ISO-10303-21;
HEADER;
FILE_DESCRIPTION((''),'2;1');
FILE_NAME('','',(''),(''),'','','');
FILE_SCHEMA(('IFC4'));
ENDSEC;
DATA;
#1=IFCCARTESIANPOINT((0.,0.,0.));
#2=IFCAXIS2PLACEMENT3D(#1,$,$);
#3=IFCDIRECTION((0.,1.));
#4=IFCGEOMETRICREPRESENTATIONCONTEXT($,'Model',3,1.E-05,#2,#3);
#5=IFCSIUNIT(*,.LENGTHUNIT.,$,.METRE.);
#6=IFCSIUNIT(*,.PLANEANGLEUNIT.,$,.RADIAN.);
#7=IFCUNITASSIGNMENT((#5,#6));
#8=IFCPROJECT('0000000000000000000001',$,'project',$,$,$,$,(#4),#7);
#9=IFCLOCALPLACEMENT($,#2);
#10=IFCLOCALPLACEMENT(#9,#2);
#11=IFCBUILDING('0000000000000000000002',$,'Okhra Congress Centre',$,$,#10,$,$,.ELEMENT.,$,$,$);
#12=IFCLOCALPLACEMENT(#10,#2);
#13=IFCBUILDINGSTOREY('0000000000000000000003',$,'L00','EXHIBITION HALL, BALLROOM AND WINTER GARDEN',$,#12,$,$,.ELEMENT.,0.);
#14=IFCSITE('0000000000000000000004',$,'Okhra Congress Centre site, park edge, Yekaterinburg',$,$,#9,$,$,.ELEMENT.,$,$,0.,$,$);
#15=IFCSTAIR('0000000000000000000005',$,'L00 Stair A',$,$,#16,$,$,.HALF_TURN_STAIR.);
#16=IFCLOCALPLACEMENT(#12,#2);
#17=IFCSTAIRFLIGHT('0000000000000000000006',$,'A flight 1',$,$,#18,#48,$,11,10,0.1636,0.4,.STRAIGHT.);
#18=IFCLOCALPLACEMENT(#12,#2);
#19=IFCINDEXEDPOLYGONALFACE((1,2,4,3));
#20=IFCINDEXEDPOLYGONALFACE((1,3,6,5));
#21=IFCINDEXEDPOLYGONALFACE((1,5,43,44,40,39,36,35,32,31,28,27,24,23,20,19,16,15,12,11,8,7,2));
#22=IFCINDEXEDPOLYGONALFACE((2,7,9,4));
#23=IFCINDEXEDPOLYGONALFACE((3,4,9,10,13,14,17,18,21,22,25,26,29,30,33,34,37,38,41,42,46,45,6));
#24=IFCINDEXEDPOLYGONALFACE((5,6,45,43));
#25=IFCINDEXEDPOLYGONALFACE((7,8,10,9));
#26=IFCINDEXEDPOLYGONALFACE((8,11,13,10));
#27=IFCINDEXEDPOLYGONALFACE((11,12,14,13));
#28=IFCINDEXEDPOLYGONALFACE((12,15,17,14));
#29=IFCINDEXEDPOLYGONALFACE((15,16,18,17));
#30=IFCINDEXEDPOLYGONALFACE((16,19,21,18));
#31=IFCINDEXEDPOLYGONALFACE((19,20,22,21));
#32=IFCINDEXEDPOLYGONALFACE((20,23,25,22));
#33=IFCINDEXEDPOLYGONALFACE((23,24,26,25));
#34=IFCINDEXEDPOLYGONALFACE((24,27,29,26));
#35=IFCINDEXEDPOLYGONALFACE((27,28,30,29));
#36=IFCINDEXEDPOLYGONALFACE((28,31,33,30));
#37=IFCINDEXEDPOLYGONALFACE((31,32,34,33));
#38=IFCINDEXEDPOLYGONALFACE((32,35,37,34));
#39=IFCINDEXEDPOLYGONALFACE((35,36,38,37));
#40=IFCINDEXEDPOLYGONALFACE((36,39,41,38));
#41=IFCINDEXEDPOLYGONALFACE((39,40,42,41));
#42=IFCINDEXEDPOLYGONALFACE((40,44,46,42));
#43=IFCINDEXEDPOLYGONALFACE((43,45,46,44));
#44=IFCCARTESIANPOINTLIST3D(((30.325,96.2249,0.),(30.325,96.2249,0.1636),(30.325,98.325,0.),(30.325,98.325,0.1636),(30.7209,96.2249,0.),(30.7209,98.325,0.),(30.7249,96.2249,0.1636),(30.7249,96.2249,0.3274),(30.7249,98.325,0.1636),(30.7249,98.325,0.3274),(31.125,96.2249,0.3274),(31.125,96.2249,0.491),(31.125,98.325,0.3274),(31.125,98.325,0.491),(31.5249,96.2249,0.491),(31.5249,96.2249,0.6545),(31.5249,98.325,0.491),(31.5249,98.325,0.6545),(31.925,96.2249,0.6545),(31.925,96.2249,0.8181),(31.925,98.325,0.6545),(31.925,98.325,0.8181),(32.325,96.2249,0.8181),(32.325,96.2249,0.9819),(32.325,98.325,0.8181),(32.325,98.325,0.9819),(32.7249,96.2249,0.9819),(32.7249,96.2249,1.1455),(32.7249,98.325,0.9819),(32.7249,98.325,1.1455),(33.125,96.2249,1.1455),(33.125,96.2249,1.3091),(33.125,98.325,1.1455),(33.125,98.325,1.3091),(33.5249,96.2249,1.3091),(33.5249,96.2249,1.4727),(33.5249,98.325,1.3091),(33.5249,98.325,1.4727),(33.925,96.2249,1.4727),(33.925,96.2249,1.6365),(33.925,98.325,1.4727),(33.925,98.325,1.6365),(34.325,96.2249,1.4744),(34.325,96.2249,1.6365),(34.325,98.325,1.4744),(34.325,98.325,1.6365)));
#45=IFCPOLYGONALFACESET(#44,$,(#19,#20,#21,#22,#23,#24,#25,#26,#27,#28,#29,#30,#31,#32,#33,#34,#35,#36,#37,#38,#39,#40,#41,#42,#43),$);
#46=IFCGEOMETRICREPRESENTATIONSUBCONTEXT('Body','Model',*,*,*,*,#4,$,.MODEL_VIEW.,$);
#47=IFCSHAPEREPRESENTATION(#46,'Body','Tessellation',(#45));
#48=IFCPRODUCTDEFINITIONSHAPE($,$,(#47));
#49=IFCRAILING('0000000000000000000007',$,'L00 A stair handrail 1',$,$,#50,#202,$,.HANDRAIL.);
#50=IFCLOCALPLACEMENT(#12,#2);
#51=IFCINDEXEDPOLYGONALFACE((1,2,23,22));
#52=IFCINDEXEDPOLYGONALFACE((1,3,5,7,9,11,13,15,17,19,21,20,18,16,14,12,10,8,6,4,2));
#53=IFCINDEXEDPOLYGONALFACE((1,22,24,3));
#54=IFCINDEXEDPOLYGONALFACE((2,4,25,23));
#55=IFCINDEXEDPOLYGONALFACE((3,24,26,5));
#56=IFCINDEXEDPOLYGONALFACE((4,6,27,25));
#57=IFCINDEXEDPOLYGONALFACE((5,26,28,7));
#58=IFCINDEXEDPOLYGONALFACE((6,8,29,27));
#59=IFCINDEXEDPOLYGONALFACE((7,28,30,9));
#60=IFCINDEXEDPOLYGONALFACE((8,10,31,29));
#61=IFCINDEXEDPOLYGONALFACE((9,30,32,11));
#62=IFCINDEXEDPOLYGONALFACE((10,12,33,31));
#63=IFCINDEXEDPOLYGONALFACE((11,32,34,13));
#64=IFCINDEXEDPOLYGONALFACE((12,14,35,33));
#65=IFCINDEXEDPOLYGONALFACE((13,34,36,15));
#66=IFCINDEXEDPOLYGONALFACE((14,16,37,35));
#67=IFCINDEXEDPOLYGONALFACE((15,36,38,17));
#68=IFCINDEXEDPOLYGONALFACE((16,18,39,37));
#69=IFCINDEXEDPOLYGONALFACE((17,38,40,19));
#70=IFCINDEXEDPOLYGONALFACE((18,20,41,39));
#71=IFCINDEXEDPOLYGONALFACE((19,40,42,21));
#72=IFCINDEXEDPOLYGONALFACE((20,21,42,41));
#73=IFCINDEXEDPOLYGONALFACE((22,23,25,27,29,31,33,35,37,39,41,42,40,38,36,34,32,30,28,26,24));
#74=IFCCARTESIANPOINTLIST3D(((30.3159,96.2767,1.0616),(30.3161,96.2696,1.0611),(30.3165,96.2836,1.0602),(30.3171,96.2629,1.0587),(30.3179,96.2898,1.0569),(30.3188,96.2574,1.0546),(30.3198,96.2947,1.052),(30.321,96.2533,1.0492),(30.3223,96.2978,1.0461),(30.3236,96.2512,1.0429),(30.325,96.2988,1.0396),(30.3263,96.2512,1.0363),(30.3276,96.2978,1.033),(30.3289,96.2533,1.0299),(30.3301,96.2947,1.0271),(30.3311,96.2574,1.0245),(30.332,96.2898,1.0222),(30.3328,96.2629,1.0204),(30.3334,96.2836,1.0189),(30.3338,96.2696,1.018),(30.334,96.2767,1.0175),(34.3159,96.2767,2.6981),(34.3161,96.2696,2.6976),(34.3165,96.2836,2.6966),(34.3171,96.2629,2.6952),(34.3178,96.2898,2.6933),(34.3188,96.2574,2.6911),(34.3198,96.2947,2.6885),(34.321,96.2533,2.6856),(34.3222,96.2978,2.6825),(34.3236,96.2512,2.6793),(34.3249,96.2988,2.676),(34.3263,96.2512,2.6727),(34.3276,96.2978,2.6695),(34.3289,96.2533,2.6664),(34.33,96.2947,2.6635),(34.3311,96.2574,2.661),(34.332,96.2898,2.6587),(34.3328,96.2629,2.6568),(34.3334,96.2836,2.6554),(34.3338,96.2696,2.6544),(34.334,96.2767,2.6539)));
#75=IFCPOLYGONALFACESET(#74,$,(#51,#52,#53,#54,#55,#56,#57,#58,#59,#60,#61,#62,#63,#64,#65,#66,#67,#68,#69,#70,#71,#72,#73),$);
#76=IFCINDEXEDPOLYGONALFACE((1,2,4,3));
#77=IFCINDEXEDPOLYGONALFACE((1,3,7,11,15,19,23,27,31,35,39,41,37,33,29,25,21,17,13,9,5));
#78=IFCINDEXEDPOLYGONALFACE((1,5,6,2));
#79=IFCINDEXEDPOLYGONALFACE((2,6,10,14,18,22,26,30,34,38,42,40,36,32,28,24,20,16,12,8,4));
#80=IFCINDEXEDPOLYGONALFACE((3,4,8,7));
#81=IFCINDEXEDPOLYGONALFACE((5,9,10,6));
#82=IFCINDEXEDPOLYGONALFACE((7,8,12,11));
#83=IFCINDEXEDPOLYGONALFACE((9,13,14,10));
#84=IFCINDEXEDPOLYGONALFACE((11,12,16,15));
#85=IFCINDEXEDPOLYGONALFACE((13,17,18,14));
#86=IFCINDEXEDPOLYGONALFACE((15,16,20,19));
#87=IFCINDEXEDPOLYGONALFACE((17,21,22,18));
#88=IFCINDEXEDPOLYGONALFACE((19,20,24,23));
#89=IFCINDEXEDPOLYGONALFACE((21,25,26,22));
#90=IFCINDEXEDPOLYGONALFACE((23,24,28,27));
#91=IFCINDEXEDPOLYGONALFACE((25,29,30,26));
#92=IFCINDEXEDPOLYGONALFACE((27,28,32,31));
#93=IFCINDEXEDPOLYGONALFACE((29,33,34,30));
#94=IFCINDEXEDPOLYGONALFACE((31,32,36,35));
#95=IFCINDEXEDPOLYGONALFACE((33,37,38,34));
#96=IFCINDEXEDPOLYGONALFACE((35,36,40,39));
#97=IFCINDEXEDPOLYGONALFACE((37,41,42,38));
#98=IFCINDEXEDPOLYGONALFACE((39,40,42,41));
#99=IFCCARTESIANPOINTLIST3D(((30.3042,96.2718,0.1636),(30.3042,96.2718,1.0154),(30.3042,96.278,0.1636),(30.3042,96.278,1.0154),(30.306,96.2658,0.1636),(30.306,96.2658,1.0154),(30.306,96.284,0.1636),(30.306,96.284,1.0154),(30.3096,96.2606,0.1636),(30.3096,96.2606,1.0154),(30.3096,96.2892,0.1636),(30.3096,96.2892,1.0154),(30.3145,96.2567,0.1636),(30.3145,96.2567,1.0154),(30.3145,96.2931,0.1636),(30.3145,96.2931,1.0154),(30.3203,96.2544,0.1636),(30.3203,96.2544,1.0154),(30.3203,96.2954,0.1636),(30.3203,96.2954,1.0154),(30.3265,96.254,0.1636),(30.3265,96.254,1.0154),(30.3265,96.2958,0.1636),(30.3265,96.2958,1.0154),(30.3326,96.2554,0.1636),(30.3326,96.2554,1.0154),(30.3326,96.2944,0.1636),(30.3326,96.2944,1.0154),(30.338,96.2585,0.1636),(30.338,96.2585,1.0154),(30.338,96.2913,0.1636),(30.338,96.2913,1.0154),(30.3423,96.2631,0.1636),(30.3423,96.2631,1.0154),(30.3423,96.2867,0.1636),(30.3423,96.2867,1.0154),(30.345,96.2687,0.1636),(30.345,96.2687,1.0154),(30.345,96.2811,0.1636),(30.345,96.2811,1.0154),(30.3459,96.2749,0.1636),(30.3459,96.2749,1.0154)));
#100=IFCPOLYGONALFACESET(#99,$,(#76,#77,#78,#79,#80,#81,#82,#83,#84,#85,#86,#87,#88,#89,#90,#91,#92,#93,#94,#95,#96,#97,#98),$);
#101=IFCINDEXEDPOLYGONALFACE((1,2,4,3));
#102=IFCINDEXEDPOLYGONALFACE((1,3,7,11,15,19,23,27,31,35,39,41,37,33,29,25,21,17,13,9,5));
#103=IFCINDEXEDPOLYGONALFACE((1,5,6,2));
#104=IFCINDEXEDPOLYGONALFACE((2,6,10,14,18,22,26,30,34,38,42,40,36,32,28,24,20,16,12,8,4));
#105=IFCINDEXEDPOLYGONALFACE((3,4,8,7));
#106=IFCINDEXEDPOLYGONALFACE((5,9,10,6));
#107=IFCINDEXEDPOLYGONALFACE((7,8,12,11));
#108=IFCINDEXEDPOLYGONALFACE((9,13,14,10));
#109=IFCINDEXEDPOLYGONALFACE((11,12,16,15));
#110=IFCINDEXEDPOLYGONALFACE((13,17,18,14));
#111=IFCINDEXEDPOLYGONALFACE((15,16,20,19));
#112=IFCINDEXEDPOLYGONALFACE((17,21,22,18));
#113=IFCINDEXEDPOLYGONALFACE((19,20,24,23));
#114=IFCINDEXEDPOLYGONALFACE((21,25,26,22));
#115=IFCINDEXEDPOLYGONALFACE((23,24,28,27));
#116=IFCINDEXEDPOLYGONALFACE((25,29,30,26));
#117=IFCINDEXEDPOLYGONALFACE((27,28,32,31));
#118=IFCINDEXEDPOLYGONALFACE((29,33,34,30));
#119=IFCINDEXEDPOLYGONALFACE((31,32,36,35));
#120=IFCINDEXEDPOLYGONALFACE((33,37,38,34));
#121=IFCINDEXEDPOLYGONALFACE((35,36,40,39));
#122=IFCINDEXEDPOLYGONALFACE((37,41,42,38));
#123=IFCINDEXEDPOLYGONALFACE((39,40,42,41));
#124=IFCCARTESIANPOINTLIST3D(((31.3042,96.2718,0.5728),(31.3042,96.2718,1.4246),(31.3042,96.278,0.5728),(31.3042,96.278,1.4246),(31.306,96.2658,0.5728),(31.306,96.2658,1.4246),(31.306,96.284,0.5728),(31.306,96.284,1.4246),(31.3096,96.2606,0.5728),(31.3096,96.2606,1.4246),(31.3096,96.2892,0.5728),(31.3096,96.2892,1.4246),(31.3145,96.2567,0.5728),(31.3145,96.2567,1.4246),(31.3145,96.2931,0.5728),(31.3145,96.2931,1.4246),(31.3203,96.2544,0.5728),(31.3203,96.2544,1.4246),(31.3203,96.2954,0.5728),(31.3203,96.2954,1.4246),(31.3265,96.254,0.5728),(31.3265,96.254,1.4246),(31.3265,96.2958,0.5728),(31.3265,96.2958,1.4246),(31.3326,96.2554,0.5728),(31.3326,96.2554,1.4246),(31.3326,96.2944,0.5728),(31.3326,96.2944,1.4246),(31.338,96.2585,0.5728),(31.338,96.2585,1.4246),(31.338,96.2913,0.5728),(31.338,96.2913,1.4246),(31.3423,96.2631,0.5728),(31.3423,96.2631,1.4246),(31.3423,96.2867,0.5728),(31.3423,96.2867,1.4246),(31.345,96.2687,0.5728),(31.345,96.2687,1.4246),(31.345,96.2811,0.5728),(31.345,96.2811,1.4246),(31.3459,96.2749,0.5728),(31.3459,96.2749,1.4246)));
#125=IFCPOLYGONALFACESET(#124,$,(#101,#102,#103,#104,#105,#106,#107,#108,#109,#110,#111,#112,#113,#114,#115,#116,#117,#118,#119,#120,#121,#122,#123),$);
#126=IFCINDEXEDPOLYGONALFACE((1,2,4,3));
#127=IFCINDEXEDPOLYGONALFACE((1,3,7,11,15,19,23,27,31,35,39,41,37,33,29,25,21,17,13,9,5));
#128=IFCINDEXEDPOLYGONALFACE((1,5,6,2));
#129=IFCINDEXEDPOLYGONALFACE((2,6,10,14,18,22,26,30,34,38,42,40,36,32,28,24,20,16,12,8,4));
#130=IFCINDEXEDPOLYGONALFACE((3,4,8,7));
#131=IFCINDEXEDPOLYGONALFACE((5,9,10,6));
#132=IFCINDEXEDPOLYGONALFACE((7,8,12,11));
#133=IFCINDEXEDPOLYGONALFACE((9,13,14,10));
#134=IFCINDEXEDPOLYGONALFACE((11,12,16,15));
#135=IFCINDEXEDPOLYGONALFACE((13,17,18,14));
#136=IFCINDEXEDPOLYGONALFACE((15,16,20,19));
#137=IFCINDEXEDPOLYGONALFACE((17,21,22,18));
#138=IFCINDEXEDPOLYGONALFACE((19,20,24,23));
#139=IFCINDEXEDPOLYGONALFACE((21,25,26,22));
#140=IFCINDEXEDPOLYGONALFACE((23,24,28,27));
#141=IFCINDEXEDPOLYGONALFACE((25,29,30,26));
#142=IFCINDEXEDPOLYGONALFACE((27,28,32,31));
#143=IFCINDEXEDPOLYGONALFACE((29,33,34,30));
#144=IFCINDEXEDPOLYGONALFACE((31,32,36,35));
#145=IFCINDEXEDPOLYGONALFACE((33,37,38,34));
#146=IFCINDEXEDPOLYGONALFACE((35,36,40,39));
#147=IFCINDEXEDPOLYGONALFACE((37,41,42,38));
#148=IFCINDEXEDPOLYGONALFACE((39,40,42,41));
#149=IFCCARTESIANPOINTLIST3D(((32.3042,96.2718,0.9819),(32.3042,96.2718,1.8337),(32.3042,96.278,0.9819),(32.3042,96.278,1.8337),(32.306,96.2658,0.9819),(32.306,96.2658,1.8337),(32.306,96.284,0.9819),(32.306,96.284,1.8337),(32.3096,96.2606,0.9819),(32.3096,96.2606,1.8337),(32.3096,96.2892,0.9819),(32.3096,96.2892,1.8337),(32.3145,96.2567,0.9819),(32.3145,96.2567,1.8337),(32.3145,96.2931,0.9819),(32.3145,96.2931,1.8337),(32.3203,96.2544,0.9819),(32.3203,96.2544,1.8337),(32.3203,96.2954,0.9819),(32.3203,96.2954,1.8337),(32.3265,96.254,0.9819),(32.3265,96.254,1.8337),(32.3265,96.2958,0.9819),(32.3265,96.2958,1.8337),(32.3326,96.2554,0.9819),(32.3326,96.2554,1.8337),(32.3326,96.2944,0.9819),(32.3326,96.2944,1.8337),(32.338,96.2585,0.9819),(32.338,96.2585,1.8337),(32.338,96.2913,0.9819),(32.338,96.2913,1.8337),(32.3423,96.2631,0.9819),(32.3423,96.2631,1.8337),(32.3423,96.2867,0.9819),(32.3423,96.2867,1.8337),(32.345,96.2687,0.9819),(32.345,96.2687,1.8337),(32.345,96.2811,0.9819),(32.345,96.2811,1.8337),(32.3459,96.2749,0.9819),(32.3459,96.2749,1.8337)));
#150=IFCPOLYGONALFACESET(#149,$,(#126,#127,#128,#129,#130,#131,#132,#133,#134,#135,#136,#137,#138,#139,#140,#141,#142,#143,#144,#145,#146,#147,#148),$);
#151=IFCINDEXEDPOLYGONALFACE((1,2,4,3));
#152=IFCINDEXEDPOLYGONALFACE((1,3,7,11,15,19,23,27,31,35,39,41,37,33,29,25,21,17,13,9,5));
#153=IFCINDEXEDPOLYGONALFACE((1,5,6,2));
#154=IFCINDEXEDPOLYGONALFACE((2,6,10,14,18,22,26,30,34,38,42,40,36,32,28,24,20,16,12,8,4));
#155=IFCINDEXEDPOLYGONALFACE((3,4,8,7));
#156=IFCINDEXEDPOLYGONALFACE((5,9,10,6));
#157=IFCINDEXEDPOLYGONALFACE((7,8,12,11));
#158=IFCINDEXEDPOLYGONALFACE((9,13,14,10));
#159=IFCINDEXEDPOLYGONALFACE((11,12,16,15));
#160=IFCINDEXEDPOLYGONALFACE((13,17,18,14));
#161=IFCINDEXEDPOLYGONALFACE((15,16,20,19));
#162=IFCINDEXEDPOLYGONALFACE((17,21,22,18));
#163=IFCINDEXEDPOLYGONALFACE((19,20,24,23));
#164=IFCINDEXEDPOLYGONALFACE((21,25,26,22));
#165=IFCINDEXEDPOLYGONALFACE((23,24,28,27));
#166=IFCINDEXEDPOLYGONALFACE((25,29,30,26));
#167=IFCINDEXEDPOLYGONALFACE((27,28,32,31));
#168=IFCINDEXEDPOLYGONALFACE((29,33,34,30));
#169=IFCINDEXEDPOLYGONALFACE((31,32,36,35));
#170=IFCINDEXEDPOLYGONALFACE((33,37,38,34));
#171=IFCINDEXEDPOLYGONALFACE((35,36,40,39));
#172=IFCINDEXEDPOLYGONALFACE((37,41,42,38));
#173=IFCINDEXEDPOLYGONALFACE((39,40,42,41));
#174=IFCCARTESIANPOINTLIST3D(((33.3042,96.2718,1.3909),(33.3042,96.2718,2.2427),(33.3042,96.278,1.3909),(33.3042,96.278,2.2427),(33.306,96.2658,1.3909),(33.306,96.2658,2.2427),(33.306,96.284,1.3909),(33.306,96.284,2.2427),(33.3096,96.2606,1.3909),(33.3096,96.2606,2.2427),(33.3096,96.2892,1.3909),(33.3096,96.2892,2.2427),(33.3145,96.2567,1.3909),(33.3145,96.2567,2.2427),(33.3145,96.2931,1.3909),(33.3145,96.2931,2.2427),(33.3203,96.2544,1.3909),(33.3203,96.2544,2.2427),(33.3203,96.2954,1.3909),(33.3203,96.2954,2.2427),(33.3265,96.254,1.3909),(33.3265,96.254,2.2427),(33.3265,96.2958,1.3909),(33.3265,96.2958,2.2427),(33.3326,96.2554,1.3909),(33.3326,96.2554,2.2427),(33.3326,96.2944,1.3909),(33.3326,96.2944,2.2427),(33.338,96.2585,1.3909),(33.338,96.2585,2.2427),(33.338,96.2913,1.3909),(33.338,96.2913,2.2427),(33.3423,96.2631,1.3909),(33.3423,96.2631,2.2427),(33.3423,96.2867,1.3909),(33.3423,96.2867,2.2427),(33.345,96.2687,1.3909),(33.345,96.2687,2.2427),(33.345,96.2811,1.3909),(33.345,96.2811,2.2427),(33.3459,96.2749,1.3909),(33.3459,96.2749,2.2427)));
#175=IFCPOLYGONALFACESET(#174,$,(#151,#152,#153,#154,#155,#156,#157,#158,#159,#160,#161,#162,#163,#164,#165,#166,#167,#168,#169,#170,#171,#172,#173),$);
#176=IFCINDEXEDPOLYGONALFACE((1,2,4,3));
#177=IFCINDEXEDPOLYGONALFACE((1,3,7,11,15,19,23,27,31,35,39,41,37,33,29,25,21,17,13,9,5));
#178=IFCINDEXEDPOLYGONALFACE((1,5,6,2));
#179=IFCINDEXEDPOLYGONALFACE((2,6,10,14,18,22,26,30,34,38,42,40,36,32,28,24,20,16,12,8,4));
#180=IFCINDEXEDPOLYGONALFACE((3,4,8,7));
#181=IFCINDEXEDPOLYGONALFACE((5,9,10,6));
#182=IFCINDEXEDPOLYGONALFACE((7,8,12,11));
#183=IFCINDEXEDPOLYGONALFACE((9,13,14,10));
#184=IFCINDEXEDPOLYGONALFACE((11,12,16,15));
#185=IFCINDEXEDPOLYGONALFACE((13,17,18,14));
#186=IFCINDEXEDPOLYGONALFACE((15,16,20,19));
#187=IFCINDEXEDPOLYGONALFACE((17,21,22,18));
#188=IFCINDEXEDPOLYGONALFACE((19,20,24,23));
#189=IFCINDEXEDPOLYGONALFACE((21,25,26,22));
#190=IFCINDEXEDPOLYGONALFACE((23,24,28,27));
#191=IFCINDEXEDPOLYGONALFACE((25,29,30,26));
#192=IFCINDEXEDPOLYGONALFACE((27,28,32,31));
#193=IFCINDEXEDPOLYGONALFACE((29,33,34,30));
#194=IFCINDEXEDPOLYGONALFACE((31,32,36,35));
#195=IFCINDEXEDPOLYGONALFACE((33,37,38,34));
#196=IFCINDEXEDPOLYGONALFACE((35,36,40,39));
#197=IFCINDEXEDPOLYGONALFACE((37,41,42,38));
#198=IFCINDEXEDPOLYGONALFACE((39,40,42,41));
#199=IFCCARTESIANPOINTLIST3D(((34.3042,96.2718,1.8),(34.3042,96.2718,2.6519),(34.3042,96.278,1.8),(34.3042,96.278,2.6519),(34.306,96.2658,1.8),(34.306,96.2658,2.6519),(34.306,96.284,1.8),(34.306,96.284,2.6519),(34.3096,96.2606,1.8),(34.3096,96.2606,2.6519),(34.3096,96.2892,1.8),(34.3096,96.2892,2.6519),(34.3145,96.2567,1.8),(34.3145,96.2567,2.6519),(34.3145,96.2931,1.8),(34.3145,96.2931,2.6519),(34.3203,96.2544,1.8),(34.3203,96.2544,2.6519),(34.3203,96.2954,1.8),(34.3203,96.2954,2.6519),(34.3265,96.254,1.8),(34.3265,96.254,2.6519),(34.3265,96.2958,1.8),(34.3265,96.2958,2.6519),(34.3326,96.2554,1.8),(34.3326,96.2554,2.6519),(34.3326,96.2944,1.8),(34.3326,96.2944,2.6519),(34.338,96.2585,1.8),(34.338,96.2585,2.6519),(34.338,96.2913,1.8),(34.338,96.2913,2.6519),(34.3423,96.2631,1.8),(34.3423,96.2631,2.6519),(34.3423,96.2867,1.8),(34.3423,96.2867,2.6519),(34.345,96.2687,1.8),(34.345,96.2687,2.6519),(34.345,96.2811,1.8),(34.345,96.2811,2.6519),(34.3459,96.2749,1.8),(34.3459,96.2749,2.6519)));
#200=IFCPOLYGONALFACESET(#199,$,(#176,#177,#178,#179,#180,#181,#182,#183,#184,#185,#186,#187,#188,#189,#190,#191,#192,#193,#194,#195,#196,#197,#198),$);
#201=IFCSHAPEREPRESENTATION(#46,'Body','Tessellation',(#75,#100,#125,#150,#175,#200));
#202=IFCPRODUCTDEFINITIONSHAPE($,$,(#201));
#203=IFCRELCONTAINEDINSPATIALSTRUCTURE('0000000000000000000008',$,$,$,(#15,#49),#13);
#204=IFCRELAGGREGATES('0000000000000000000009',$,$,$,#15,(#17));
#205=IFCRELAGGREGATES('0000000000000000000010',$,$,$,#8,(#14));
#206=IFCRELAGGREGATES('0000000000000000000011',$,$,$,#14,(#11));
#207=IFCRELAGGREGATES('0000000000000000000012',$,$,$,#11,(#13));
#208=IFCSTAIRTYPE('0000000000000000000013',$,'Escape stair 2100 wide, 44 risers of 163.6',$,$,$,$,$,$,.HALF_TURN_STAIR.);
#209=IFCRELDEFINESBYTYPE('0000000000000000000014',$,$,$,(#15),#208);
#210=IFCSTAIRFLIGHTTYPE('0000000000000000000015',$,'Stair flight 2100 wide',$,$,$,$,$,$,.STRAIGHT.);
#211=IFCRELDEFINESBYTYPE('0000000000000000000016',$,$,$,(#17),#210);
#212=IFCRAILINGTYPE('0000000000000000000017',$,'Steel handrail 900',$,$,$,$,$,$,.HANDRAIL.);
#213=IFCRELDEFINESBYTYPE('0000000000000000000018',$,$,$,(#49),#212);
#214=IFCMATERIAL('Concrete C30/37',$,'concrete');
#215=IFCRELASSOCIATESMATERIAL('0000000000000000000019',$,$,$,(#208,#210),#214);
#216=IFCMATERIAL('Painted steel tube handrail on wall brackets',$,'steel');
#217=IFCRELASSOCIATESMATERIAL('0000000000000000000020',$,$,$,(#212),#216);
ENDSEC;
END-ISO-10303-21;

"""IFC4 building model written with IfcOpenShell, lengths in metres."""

from ifc_helpers import new_model, si_unit, direction, frame, origin, origin_2d, place, context, subcontext, project, spatial, polyline, circle, outline, extrude, material, type_object, element, aggregate, save


model = new_model("IFC4")

# Units and contexts
model_context = context("Model", 3, precision=1e-05, world=origin(), true_north=direction((0.0, 1.0)))
body_context = subcontext(model_context, "Body", "Model", "MODEL_VIEW")
ifc_project = project(units=[si_unit("LENGTHUNIT", "METRE"), si_unit("PLANEANGLEUNIT", "RADIAN")], contexts=[model_context])

# Site, building, storey
site_placement = place(None, origin())
site = spatial("IfcSite", under=ifc_project, at=site_placement, Name="Okhra Congress Centre site, park edge, Yekaterinburg", CompositionType="ELEMENT", RefElevation=0.0)
building_placement = place(site_placement, origin())
building = spatial("IfcBuilding", under=site, at=building_placement, Name="Okhra Congress Centre", CompositionType="ELEMENT")
storey_placement = place(building_placement, origin())
storey = spatial("IfcBuildingStorey", under=building, at=storey_placement, Name="L00", Description="EXHIBITION HALL, BALLROOM AND WINTER GARDEN", CompositionType="ELEMENT", Elevation=0.0)

# Shared definitions
ifc_material_1 = material(Name="Concrete C30/37", Category="concrete")

# Stair, stair flight
stair_type = type_object("IfcStairType", Name="Escape stair 2100 wide, 44 risers of 163.6", PredefinedType="HALF_TURN_STAIR", material=ifc_material_1)
stair_placement = place(storey_placement, origin())
stair = element("IfcStair", 1, at=stair_placement, inside=storey, type_object=stair_type, Name="L00 Stair A", PredefinedType="HALF_TURN_STAIR")
stair_flight_type = type_object("IfcStairFlightType", Name="Stair flight 2100 wide", PredefinedType="STRAIGHT", material=ifc_material_1)
stair_flight_placement = place(storey_placement, frame((30.325, 97.2749, 0.0), z_axis=(0.0, 0.0, 1.0), x_axis=(1.0, 0.0, 0.0)))
stair_flight = element("IfcStairFlight", 2, at=stair_flight_placement, type_object=stair_flight_type, Name="A flight 1", NumberOfRisers=11, NumberOfTreads=10, PredefinedType="STRAIGHT", RiserHeight=0.1636, TreadLength=0.4, context=body_context, shape_type="SweptSolid", body=[
    extrude(outline(polyline([(0.0, 0.0), (0.0, 0.1636), (0.3999, 0.1636), (0.3999, 0.3274), (0.8, 0.3274), (0.8, 0.491), (1.2, 0.491), (1.2, 0.6545), (1.6001, 0.6545), (1.6001, 0.8181), (2.0, 0.8181), (2.0, 0.9819), (2.3999, 0.9819), (2.3999, 1.1455), (2.8, 1.1455), (2.8, 1.3091), (3.2, 1.3091), (3.2, 1.4727), (3.6001, 1.4727), (3.6001, 1.6365), (4.0, 1.6365), (4.0, 1.8), (4.0, 1.4744), (0.396, 0.0), (0.0, 0.0)])), frame((0.0, 1.05, 0.0), z_axis=(0.0, -1.0, 0.0), x_axis=(1.0, 0.0, 0.0)), (0.0, 0.0, 1.0), 2.1001),
])
aggregate(stair, [stair_flight])

# Railing
ifc_material_2 = material(Name="Painted steel tube handrail on wall brackets", Category="steel")
railing_type_1 = type_object("IfcRailingType", Name="Steel handrail 900", PredefinedType="HANDRAIL", material=ifc_material_2)
railing_1_placement = place(storey_placement, frame((30.325, 96.2749, 0.1636)))
element("IfcRailing", 3, at=railing_1_placement, inside=storey, type_object=railing_type_1, Name="L00 A stair handrail 1", PredefinedType="HANDRAIL", context=body_context, shape_type="SweptSolid", body=[
    extrude(circle(Radius=0.0239, at=origin_2d()), frame((0.0, 0.0, 0.876), z_axis=(0.925538, 0.0, 0.378655), x_axis=(0.0, 1.0, 0.0)), (0.0, 0.0, 1.0), 4.3218),
    extrude(circle(Radius=0.021, at=origin_2d()), origin(), (0.0, 0.0, 1.0), 0.8518),
    extrude(circle(Radius=0.021, at=origin_2d()), frame((1.0, 0.0, 0.4092)), (0.0, 0.0, 1.0), 0.8518),
    extrude(circle(Radius=0.021, at=origin_2d()), frame((2.0, 0.0, 0.8184)), (0.0, 0.0, 1.0), 0.8518),
    extrude(circle(Radius=0.021, at=origin_2d()), frame((3.0, 0.0, 1.2273)), (0.0, 0.0, 1.0), 0.8518),
    extrude(circle(Radius=0.021, at=origin_2d()), frame((4.0, 0.0, 1.6365)), (0.0, 0.0, 1.0), 0.8518),
])

save(model, "model.ifc")
